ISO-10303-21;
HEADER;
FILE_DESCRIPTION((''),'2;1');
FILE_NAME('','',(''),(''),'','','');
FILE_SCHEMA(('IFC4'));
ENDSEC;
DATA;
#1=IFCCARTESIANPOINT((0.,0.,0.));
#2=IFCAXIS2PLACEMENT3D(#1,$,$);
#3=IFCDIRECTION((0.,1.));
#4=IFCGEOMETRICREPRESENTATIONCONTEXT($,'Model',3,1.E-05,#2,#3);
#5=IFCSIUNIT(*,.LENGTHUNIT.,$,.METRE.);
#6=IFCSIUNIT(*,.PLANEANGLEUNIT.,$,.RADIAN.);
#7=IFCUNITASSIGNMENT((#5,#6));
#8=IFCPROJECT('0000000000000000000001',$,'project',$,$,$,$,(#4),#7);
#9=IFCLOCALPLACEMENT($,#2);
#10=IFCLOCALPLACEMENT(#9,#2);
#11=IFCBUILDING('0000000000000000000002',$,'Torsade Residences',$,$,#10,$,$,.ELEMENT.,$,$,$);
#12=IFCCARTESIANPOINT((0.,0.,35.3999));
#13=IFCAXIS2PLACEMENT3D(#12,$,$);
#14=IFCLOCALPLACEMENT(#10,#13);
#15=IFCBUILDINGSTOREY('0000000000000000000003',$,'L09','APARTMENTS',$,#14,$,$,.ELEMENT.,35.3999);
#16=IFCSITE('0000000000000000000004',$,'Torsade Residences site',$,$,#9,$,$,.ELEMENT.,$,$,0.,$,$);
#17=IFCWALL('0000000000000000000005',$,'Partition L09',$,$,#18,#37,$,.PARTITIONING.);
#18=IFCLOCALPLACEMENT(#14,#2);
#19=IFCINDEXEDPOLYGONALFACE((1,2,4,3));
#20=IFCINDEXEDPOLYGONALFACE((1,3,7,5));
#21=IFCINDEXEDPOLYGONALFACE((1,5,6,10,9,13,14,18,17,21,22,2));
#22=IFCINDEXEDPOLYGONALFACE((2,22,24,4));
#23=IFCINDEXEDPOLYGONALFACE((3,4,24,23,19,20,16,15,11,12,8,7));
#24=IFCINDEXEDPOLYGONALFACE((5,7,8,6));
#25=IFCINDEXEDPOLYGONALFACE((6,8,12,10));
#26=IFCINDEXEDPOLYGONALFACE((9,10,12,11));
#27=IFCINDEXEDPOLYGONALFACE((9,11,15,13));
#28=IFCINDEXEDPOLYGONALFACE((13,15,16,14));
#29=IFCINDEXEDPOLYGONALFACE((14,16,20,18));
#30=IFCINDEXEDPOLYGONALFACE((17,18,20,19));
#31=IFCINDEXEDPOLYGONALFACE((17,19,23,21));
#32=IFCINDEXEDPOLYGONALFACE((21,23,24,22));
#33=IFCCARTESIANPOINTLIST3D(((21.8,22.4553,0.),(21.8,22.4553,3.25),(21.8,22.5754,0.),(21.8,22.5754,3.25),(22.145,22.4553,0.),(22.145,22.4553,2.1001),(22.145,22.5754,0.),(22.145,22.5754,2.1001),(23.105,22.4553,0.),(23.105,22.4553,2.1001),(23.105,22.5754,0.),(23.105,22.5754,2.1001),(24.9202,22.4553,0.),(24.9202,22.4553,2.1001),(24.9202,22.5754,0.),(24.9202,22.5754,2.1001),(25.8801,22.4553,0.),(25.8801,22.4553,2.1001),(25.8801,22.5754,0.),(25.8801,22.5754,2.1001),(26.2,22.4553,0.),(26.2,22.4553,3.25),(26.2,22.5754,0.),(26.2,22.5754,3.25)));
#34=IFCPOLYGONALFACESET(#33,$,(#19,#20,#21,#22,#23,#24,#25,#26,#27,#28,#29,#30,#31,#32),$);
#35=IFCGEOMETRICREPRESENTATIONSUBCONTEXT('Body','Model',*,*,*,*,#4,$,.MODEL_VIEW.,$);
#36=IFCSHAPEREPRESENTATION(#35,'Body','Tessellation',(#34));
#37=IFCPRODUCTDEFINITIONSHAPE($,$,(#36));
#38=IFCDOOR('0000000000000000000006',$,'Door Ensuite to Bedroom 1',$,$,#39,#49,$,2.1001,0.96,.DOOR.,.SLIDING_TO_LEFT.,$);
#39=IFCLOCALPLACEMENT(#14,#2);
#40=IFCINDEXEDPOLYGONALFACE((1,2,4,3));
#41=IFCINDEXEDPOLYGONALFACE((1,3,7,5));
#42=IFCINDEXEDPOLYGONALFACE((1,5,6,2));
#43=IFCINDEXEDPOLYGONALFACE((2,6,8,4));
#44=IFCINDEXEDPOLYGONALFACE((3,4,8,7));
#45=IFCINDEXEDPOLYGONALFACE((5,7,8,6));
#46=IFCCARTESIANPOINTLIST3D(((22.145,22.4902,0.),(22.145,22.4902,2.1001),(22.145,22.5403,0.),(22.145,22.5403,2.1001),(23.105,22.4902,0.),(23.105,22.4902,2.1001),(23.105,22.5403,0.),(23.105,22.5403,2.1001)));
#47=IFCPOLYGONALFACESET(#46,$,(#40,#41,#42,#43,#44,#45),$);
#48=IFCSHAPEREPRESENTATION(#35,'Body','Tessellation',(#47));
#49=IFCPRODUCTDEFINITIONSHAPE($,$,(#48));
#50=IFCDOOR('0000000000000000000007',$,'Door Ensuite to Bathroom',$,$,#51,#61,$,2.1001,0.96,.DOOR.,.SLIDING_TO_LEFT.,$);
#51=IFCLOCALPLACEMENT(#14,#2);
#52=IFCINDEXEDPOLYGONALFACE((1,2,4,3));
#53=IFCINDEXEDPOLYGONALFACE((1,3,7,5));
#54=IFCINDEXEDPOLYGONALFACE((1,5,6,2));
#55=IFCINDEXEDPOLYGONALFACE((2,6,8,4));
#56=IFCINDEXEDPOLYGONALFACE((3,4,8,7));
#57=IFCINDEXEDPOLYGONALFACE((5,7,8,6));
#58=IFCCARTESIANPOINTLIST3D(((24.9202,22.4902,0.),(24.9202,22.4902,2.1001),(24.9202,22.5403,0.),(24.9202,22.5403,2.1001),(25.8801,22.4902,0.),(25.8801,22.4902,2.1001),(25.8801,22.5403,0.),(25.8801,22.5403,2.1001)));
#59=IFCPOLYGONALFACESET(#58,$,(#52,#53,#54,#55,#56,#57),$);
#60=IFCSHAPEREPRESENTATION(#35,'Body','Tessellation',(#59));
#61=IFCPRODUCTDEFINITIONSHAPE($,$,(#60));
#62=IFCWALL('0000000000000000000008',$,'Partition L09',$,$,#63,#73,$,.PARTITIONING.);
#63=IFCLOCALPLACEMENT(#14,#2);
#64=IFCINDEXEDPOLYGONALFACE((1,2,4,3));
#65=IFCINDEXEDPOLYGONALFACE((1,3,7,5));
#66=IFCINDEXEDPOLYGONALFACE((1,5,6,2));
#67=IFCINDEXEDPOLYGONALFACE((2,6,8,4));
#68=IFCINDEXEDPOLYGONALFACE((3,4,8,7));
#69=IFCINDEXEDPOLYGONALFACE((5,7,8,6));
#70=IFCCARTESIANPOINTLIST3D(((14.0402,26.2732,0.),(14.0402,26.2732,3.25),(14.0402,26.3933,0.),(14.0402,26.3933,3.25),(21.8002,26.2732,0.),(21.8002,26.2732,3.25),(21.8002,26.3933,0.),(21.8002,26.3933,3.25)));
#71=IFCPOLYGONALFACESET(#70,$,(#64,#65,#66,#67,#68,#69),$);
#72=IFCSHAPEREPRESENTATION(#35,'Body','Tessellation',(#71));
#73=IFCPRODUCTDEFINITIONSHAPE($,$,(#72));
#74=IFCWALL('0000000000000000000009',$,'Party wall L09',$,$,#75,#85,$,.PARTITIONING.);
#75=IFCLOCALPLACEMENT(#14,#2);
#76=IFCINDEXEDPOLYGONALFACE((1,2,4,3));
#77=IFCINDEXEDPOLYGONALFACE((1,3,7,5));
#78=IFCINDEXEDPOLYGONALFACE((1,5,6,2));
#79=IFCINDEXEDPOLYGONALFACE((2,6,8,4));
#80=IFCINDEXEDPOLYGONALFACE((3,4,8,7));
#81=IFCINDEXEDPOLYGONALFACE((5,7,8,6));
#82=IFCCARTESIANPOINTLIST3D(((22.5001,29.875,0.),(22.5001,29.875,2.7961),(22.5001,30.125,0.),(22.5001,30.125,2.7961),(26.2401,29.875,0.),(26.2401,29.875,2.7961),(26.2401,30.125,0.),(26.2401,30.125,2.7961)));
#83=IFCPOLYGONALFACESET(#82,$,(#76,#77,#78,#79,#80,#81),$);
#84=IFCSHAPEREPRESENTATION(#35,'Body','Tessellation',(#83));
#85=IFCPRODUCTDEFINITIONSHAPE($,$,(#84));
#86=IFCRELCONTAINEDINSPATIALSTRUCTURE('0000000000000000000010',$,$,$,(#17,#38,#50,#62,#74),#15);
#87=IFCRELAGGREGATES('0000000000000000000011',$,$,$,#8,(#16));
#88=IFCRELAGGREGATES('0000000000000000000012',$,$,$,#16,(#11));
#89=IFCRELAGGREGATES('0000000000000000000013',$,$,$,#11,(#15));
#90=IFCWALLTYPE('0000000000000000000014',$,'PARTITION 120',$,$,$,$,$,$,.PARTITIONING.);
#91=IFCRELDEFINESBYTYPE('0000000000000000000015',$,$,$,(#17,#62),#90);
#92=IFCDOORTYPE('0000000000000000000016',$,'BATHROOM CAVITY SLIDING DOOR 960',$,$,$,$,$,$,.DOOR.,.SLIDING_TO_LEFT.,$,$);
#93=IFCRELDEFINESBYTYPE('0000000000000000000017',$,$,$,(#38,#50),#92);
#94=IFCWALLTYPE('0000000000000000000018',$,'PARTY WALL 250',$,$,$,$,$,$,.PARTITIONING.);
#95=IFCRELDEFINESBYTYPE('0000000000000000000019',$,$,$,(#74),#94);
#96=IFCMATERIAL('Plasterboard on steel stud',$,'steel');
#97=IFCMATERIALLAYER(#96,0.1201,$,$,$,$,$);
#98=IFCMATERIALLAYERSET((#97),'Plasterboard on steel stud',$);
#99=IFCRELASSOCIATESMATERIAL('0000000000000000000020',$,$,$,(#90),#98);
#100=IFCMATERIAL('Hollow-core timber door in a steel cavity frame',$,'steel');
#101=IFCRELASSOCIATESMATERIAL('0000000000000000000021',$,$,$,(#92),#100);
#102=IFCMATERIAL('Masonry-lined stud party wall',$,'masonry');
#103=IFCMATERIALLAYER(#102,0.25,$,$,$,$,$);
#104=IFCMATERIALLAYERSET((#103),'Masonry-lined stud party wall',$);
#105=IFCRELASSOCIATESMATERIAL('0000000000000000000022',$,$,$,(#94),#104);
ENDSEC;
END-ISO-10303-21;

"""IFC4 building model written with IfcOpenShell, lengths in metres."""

from ifc_helpers import new_model, si_unit, direction, frame, frame_2d, origin, place, context, subcontext, project, spatial, rectangle, extrude, material, layer, layer_set, type_object, element, fill, save


model = new_model("IFC4")

# Units and contexts
model_context = context("Model", 3, precision=1e-05, world=origin(), true_north=direction((0.0, 1.0)))
body_context = subcontext(model_context, "Body", "Model", "MODEL_VIEW")
ifc_project = project(units=[si_unit("LENGTHUNIT", "METRE"), si_unit("PLANEANGLEUNIT", "RADIAN")], contexts=[model_context])

# Site, building, storey
site_placement = place(None, origin())
site = spatial("IfcSite", under=ifc_project, at=site_placement, Name="Torsade Residences site", CompositionType="ELEMENT", RefElevation=0.0)
building_placement = place(site_placement, origin())
building = spatial("IfcBuilding", under=site, at=building_placement, Name="Torsade Residences", CompositionType="ELEMENT")
storey_placement = place(building_placement, frame((0.0, 0.0, 35.3999)))
storey = spatial("IfcBuildingStorey", under=building, at=storey_placement, Name="L09", Description="APARTMENTS", CompositionType="ELEMENT", Elevation=35.3999)

# Shared definitions
ifc_material_1 = material(Name="Plasterboard on steel stud", Category="steel")
ifc_layer_1 = layer(ifc_material_1, 0.1201)
ifc_layer_set_1 = layer_set([ifc_layer_1], Name="Plasterboard on steel stud")
wall_type_1 = type_object("IfcWallType", Name="PARTITION 120", PredefinedType="PARTITIONING", material=ifc_layer_set_1)
ifc_material_2 = material(Name="Hollow-core timber door in a steel cavity frame", Category="steel")
door_type = type_object("IfcDoorType", Name="BATHROOM CAVITY SLIDING DOOR 960", OperationType="SLIDING_TO_LEFT", PredefinedType="DOOR", material=ifc_material_2)

# Wall, openings, doors
wall_1_placement = place(storey_placement, frame((21.8, 22.5154, 0.0), z_axis=(0.0, 0.0, 1.0), x_axis=(1.0, 0.0, 0.0)))
wall_1 = element("IfcWall", 1, at=wall_1_placement, inside=storey, type_object=wall_type_1, Name="Partition L09", PredefinedType="PARTITIONING", context=body_context, shape_type="SweptSolid", body=[
    extrude(rectangle(XDim=4.3999, YDim=0.1201, at=frame_2d((2.2, 0.0))), origin(), (0.0, 0.0, 1.0), 3.25),
])
opening_1_placement = place(wall_1_placement, frame((0.345, 0.0, 0.0)))
opening_1 = element("IfcOpeningElement", 2, at=opening_1_placement, cuts=wall_1, PredefinedType="OPENING", context=body_context, shape_type="SweptSolid", body=[
    extrude(rectangle(XDim=0.96, YDim=2.1001, at=frame_2d((0.48, 1.05))), frame((0.0, 0.0701, 0.0), z_axis=(0.0, -1.0, 0.0), x_axis=(1.0, 0.0, 0.0)), (0.0, 0.0, 1.0), 0.1401),
])
opening_2_placement = place(wall_1_placement, frame((3.1201, 0.0, 0.0)))
opening_2 = element("IfcOpeningElement", 3, at=opening_2_placement, cuts=wall_1, PredefinedType="OPENING", context=body_context, shape_type="SweptSolid", body=[
    extrude(rectangle(XDim=0.96, YDim=2.1001, at=frame_2d((0.48, 1.05))), frame((0.0, 0.0701, 0.0), z_axis=(0.0, -1.0, 0.0), x_axis=(1.0, 0.0, 0.0)), (0.0, 0.0, 1.0), 0.1401),
])
door_1_placement = place(opening_1_placement, origin())
door_1 = element("IfcDoor", 4, at=door_1_placement, inside=storey, type_object=door_type, Name="Door Ensuite to Bedroom 1", OperationType="SLIDING_TO_LEFT", OverallHeight=2.1001, OverallWidth=0.96, PredefinedType="DOOR", context=body_context, shape_type="SweptSolid", body=[
    extrude(rectangle(XDim=0.96, YDim=2.1001, at=frame_2d((0.48, 1.05))), frame((0.0, 0.0249, 0.0), z_axis=(0.0, -1.0, 0.0), x_axis=(1.0, 0.0, 0.0)), (0.0, 0.0, 1.0), 0.05),
])
fill(opening_1, door_1)
door_2_placement = place(opening_2_placement, origin())
door_2 = element("IfcDoor", 5, at=door_2_placement, inside=storey, type_object=door_type, Name="Door Ensuite to Bathroom", OperationType="SLIDING_TO_LEFT", OverallHeight=2.1001, OverallWidth=0.96, PredefinedType="DOOR", context=body_context, shape_type="SweptSolid", body=[
    extrude(rectangle(XDim=0.96, YDim=2.1001, at=frame_2d((0.48, 1.05))), frame((0.0, 0.0249, 0.0), z_axis=(0.0, -1.0, 0.0), x_axis=(1.0, 0.0, 0.0)), (0.0, 0.0, 1.0), 0.05),
])
fill(opening_2, door_2)

# Walls
wall_2_placement = place(storey_placement, frame((21.8, 26.3333, 0.0), z_axis=(0.0, 0.0, 1.0), x_axis=(-1.0, 0.0, 0.0)))
element("IfcWall", 6, at=wall_2_placement, inside=storey, type_object=wall_type_1, Name="Partition L09", PredefinedType="PARTITIONING", context=body_context, shape_type="SweptSolid", body=[
    extrude(rectangle(XDim=7.76, YDim=0.1201, at=frame_2d((3.8799, 0.0))), origin(), (0.0, 0.0, 1.0), 3.25),
])
ifc_material_3 = material(Name="Masonry-lined stud party wall", Category="masonry")
ifc_layer_2 = layer(ifc_material_3, 0.25)
ifc_layer_set_2 = layer_set([ifc_layer_2], Name="Masonry-lined stud party wall")
wall_type_2 = type_object("IfcWallType", Name="PARTY WALL 250", PredefinedType="PARTITIONING", material=ifc_layer_set_2)
wall_3_placement = place(storey_placement, frame((22.5, 30.0, 0.0), z_axis=(0.0, 0.0, 1.0), x_axis=(1.0, 0.0, 0.0)))
element("IfcWall", 7, at=wall_3_placement, inside=storey, type_object=wall_type_2, Name="Party wall L09", PredefinedType="PARTITIONING", context=body_context, shape_type="SweptSolid", body=[
    extrude(rectangle(XDim=3.74, YDim=0.25, at=frame_2d((1.8701, 0.0))), origin(), (0.0, 0.0, 1.0), 2.7961),
])

save(model, "model.ifc")
